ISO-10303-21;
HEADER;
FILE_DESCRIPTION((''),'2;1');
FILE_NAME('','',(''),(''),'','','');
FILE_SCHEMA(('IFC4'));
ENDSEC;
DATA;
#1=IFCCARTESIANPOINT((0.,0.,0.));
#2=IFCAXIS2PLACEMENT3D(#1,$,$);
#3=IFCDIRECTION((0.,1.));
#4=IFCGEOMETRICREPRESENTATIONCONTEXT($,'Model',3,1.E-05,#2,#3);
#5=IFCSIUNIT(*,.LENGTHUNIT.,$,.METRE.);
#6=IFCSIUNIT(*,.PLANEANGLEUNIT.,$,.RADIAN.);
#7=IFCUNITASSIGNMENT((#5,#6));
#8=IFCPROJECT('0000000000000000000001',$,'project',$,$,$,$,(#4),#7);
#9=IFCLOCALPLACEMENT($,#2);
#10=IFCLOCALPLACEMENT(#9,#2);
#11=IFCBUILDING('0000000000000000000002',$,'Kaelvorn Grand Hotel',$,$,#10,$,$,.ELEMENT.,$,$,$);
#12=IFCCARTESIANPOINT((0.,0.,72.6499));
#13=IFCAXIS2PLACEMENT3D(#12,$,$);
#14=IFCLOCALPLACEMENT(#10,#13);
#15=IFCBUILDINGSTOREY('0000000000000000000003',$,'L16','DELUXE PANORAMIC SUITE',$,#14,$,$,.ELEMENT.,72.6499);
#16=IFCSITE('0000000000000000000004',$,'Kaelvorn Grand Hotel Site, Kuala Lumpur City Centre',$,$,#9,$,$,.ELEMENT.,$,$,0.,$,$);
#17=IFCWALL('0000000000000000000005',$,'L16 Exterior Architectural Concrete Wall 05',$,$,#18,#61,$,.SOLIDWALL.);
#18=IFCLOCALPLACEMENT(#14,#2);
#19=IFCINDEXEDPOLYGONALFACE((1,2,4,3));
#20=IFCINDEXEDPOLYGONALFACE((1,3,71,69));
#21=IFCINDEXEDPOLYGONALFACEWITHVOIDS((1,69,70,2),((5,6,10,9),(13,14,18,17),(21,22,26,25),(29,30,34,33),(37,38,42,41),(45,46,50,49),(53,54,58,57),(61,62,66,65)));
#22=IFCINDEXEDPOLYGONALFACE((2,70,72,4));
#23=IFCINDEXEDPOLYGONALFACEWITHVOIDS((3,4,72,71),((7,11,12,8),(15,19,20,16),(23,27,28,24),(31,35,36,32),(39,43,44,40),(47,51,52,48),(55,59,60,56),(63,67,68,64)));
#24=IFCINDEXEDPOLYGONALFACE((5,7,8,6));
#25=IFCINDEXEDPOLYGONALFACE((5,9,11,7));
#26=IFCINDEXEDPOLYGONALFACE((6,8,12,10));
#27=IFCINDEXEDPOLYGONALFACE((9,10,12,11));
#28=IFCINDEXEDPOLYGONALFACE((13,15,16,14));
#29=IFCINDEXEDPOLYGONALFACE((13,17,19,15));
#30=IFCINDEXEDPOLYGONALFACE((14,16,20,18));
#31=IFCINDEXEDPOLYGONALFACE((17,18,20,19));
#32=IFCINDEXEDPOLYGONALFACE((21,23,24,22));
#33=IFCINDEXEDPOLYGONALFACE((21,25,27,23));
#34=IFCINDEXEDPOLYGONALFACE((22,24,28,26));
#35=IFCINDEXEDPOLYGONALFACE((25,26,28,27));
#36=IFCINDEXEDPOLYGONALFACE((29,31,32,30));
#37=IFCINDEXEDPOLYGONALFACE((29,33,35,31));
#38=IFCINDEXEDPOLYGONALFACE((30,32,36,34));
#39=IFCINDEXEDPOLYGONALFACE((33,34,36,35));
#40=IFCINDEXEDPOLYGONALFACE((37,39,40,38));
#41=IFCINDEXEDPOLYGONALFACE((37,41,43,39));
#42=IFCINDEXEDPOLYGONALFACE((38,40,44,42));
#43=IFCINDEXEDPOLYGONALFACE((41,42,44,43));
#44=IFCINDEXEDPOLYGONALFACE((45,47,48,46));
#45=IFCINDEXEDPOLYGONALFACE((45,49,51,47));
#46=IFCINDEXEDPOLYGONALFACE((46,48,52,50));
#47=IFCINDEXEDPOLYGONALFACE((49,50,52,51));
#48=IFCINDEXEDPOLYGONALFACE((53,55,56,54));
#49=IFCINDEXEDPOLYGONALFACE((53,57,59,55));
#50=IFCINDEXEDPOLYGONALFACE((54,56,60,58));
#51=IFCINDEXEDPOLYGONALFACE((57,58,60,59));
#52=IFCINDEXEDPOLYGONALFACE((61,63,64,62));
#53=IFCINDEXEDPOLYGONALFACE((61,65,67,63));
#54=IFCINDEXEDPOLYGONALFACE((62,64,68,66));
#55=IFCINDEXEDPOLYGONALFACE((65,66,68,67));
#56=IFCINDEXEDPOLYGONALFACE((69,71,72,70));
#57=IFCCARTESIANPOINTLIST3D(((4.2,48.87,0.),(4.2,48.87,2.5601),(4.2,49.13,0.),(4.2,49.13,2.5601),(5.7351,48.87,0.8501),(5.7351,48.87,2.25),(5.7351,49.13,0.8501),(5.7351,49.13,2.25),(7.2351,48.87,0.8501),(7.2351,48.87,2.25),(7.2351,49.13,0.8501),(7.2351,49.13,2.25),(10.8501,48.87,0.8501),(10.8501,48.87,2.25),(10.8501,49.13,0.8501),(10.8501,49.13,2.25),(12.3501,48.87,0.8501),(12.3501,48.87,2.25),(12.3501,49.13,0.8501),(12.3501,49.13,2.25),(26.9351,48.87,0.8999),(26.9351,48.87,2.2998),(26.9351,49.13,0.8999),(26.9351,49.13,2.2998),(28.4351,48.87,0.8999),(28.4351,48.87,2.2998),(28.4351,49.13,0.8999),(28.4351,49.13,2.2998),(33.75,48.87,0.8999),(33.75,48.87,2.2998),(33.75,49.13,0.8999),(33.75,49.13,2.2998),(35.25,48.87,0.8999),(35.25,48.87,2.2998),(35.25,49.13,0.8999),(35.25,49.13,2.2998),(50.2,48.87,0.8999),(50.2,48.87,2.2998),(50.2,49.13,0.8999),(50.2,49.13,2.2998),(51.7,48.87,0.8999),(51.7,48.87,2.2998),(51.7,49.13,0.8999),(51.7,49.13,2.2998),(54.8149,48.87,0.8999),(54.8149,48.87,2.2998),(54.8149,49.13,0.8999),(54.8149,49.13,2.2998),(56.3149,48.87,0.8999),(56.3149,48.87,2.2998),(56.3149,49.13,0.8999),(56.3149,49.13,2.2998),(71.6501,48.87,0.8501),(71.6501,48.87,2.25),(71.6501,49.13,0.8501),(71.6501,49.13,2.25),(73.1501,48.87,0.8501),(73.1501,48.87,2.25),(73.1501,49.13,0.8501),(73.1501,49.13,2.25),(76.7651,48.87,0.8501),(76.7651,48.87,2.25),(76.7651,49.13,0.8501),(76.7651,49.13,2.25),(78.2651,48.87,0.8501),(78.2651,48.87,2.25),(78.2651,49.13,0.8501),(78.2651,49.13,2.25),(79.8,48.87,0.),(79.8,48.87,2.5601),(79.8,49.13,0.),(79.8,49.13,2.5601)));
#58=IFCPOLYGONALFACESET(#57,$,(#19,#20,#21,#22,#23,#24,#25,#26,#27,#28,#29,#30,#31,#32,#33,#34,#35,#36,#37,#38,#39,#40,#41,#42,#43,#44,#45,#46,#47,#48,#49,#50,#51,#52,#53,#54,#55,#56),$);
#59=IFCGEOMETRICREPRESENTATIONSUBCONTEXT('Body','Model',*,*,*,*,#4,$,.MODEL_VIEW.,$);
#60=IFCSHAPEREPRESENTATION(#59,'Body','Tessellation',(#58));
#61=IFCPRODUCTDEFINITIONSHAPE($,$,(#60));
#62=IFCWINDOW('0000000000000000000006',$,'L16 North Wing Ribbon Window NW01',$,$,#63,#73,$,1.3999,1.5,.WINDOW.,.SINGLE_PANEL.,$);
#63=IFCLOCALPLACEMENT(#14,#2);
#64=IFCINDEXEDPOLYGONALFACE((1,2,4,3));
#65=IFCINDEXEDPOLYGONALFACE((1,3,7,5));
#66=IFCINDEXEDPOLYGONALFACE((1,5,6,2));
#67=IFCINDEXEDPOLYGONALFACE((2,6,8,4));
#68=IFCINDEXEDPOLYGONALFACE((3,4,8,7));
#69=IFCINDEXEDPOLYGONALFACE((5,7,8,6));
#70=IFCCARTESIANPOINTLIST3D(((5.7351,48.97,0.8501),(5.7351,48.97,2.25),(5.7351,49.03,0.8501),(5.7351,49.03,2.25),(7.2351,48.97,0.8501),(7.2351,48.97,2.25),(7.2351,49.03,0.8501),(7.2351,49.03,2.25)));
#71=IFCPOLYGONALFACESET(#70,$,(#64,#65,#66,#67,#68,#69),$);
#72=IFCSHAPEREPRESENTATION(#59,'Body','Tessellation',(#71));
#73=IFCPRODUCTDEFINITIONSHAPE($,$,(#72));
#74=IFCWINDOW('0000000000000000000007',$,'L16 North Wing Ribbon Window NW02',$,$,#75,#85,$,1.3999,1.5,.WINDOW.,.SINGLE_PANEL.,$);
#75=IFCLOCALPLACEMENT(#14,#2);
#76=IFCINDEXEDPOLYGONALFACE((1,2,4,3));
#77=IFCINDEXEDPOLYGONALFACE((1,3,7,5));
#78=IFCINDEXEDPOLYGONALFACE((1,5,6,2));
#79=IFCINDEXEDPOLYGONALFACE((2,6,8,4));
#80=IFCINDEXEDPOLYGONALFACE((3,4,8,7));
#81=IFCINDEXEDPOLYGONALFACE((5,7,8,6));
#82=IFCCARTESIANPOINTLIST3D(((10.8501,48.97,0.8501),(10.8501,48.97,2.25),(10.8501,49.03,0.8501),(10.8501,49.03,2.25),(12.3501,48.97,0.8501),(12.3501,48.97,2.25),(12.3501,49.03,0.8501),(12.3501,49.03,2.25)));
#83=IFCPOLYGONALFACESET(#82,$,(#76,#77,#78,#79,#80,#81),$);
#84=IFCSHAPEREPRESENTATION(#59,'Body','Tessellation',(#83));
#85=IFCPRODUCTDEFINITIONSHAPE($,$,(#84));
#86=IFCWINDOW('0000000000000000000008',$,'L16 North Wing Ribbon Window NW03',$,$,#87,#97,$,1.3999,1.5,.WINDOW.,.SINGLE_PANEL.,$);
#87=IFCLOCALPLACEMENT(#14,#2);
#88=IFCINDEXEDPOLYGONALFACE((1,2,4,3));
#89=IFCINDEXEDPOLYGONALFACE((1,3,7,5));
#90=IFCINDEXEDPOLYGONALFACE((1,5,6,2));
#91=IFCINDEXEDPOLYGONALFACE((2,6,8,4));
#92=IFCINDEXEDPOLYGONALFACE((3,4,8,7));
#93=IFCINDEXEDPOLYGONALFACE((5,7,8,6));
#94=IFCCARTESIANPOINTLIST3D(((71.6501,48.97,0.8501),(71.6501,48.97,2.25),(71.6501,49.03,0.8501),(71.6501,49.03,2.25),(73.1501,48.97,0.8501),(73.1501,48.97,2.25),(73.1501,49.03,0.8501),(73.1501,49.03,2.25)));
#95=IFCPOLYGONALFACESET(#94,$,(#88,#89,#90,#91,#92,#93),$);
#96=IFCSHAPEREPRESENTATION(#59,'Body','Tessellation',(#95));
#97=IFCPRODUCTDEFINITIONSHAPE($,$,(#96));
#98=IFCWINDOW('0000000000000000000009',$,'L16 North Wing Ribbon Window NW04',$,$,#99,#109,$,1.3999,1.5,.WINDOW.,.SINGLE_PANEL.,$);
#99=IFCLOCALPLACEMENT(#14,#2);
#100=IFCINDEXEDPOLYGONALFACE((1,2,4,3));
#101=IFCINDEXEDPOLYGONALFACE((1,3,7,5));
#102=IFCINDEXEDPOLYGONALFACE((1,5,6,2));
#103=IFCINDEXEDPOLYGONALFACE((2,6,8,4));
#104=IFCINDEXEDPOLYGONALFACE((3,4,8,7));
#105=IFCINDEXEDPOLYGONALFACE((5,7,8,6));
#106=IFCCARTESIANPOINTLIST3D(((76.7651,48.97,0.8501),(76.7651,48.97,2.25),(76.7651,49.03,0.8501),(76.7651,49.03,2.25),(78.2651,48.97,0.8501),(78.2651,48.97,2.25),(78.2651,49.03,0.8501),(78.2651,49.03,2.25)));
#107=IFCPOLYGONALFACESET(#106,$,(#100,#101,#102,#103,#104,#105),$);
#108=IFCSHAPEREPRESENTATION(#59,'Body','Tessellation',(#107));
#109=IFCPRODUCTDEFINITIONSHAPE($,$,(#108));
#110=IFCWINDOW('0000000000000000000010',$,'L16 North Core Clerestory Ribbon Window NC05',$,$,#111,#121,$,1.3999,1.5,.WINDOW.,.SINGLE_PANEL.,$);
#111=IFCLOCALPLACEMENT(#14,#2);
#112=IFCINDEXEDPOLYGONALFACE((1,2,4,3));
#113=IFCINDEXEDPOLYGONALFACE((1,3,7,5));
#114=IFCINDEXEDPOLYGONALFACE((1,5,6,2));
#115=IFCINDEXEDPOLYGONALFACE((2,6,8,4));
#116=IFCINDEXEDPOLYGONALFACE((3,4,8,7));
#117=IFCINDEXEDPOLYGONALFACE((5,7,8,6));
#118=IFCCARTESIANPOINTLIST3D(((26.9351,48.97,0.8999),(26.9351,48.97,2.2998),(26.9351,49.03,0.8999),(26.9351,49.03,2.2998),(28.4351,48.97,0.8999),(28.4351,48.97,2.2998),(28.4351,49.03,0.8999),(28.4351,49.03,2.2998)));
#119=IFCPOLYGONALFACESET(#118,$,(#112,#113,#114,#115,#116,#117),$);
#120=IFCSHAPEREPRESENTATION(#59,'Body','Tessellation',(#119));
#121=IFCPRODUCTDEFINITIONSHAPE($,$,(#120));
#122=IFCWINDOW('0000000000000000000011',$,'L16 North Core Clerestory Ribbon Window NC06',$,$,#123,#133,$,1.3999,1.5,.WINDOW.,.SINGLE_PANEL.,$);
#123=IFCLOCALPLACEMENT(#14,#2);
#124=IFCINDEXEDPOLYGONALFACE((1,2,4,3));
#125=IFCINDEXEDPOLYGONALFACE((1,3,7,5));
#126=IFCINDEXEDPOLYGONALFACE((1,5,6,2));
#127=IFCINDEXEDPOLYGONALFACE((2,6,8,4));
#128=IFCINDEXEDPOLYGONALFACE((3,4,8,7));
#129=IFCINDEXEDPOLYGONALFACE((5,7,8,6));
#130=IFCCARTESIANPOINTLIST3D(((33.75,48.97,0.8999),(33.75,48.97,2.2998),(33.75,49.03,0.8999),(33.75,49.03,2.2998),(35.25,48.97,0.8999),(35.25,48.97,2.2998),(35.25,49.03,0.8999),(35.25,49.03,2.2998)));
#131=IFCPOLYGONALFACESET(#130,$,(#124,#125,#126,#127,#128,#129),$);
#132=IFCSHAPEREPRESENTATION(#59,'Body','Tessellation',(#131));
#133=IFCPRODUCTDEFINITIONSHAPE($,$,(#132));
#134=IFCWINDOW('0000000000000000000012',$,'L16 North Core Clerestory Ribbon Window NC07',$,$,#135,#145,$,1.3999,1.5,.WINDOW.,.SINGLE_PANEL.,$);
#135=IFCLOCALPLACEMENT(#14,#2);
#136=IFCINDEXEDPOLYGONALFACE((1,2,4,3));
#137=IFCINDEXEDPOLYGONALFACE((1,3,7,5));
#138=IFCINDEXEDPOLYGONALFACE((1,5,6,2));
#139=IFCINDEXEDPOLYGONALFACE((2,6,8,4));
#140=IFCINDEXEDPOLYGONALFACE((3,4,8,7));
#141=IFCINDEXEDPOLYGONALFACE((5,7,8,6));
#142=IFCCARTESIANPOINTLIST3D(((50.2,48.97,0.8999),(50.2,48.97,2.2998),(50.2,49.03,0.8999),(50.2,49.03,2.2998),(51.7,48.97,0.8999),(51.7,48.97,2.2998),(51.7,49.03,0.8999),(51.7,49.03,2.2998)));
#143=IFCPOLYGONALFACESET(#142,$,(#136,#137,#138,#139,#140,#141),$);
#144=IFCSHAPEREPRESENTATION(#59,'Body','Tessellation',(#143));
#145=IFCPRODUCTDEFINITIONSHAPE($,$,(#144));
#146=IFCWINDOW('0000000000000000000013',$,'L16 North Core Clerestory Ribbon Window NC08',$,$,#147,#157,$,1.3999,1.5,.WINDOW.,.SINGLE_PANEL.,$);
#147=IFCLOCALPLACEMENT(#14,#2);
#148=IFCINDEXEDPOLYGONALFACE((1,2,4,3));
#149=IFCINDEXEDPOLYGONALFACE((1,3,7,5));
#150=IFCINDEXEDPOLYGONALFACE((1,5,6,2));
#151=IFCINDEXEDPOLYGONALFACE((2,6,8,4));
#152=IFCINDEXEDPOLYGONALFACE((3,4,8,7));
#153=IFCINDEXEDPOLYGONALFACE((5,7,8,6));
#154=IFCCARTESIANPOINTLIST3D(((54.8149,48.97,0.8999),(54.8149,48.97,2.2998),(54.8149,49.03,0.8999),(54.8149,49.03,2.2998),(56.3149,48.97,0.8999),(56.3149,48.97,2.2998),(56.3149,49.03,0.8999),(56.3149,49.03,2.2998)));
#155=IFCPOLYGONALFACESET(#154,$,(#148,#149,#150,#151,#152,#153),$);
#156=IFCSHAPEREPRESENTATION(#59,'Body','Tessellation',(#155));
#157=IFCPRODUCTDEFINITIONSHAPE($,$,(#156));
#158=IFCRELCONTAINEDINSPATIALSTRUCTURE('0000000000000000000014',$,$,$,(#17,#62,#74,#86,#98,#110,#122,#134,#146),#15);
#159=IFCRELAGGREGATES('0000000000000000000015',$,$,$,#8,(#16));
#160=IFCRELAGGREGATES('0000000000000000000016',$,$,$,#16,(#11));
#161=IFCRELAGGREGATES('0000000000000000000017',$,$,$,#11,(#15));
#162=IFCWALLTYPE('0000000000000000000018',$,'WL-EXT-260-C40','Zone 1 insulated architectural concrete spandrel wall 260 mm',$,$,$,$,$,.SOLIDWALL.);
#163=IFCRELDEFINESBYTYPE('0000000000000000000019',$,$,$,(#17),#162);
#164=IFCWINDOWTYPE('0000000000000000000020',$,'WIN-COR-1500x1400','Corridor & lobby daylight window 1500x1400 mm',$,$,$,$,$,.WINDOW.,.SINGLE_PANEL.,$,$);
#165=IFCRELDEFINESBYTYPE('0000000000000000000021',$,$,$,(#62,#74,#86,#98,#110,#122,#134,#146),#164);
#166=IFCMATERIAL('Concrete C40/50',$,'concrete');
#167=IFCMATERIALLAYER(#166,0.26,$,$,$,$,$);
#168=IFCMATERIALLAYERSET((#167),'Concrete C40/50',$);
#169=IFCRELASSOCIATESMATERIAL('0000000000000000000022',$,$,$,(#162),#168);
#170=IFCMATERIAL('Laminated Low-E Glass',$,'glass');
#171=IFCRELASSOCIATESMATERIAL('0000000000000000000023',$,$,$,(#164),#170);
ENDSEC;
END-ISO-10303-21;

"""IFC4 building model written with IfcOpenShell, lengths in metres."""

from ifc_helpers import new_model, si_unit, direction, frame, frame_2d, origin, place, context, subcontext, project, spatial, rectangle, extrude, material, layer, layer_set, type_object, element, fill, save


model = new_model("IFC4")

# Units and contexts
model_context = context("Model", 3, precision=1e-05, world=origin(), true_north=direction((0.0, 1.0)))
body_context = subcontext(model_context, "Body", "Model", "MODEL_VIEW")
ifc_project = project(units=[si_unit("LENGTHUNIT", "METRE"), si_unit("PLANEANGLEUNIT", "RADIAN")], contexts=[model_context])

# Site, building, storey
site_placement = place(None, origin())
site = spatial("IfcSite", under=ifc_project, at=site_placement, Name="Kaelvorn Grand Hotel Site, Kuala Lumpur City Centre", CompositionType="ELEMENT", RefElevation=0.0)
building_placement = place(site_placement, origin())
building = spatial("IfcBuilding", under=site, at=building_placement, Name="Kaelvorn Grand Hotel", CompositionType="ELEMENT")
storey_placement = place(building_placement, frame((0.0, 0.0, 72.6499)))
storey = spatial("IfcBuildingStorey", under=building, at=storey_placement, Name="L16", Description="DELUXE PANORAMIC SUITE", CompositionType="ELEMENT", Elevation=72.6499)

# Shared definitions
ifc_material_1 = material(Name="Concrete C40/50", Category="concrete")
ifc_layer_1 = layer(ifc_material_1, 0.26)
ifc_layer_set_1 = layer_set([ifc_layer_1], Name="Concrete C40/50")
wall_type = type_object("IfcWallType", Name="WL-EXT-260-C40", Description="Zone 1 insulated architectural concrete spandrel wall 260 mm", PredefinedType="SOLIDWALL", material=ifc_layer_set_1)

# Wall, openings, windows
wall_1_placement = place(storey_placement, frame((79.8, 49.0, 0.0), z_axis=(0.0, 0.0, 1.0), x_axis=(-1.0, 0.0, 0.0)))
wall_1 = element("IfcWall", 1, at=wall_1_placement, inside=storey, type_object=wall_type, Name="L16 Exterior Architectural Concrete Wall 05", PredefinedType="SOLIDWALL", context=body_context, shape_type="SweptSolid", body=[
    extrude(rectangle(XDim=75.6001, YDim=0.26, at=frame_2d((37.8, 0.0))), origin(), (0.0, 0.0, 1.0), 2.5601),
])
opening_1_placement = place(wall_1_placement, frame((72.5649, 0.0, 0.8501)))
opening_1 = element("IfcOpeningElement", 2, at=opening_1_placement, cuts=wall_1, PredefinedType="OPENING", context=body_context, shape_type="SweptSolid", body=[
    extrude(rectangle(XDim=1.5, YDim=1.3999, at=frame_2d((0.75, 0.7))), frame((0.0, 0.1401, 0.0), z_axis=(0.0, -1.0, 0.0), x_axis=(1.0, 0.0, 0.0)), (0.0, 0.0, 1.0), 0.28),
])
opening_2_placement = place(wall_1_placement, frame((67.45, 0.0, 0.8501)))
opening_2 = element("IfcOpeningElement", 3, at=opening_2_placement, cuts=wall_1, PredefinedType="OPENING", context=body_context, shape_type="SweptSolid", body=[
    extrude(rectangle(XDim=1.5, YDim=1.3999, at=frame_2d((0.75, 0.7))), frame((0.0, 0.1401, 0.0), z_axis=(0.0, -1.0, 0.0), x_axis=(1.0, 0.0, 0.0)), (0.0, 0.0, 1.0), 0.28),
])
opening_3_placement = place(wall_1_placement, frame((6.6499, 0.0, 0.8501)))
opening_3 = element("IfcOpeningElement", 4, at=opening_3_placement, cuts=wall_1, PredefinedType="OPENING", context=body_context, shape_type="SweptSolid", body=[
    extrude(rectangle(XDim=1.5, YDim=1.3999, at=frame_2d((0.75, 0.7))), frame((0.0, 0.1401, 0.0), z_axis=(0.0, -1.0, 0.0), x_axis=(1.0, 0.0, 0.0)), (0.0, 0.0, 1.0), 0.28),
])
opening_4_placement = place(wall_1_placement, frame((1.5349, 0.0, 0.8501)))
opening_4 = element("IfcOpeningElement", 5, at=opening_4_placement, cuts=wall_1, PredefinedType="OPENING", context=body_context, shape_type="SweptSolid", body=[
    extrude(rectangle(XDim=1.5, YDim=1.3999, at=frame_2d((0.75, 0.7))), frame((0.0, 0.1401, 0.0), z_axis=(0.0, -1.0, 0.0), x_axis=(1.0, 0.0, 0.0)), (0.0, 0.0, 1.0), 0.28),
])
opening_5_placement = place(wall_1_placement, frame((51.365, 0.0, 0.8999)))
opening_5 = element("IfcOpeningElement", 6, at=opening_5_placement, cuts=wall_1, PredefinedType="OPENING", context=body_context, shape_type="SweptSolid", body=[
    extrude(rectangle(XDim=1.5, YDim=1.3999, at=frame_2d((0.75, 0.7))), frame((0.0, 0.1401, 0.0), z_axis=(0.0, -1.0, 0.0), x_axis=(1.0, 0.0, 0.0)), (0.0, 0.0, 1.0), 0.28),
])
opening_6_placement = place(wall_1_placement, frame((44.55, 0.0, 0.8999)))
opening_6 = element("IfcOpeningElement", 7, at=opening_6_placement, cuts=wall_1, PredefinedType="OPENING", context=body_context, shape_type="SweptSolid", body=[
    extrude(rectangle(XDim=1.5, YDim=1.3999, at=frame_2d((0.75, 0.7))), frame((0.0, 0.1401, 0.0), z_axis=(0.0, -1.0, 0.0), x_axis=(1.0, 0.0, 0.0)), (0.0, 0.0, 1.0), 0.28),
])
opening_7_placement = place(wall_1_placement, frame((28.1001, 0.0, 0.8999)))
opening_7 = element("IfcOpeningElement", 8, at=opening_7_placement, cuts=wall_1, PredefinedType="OPENING", context=body_context, shape_type="SweptSolid", body=[
    extrude(rectangle(XDim=1.5, YDim=1.3999, at=frame_2d((0.75, 0.7))), frame((0.0, 0.1401, 0.0), z_axis=(0.0, -1.0, 0.0), x_axis=(1.0, 0.0, 0.0)), (0.0, 0.0, 1.0), 0.28),
])
opening_8_placement = place(wall_1_placement, frame((23.4851, 0.0, 0.8999)))
opening_8 = element("IfcOpeningElement", 9, at=opening_8_placement, cuts=wall_1, PredefinedType="OPENING", context=body_context, shape_type="SweptSolid", body=[
    extrude(rectangle(XDim=1.5, YDim=1.3999, at=frame_2d((0.75, 0.7))), frame((0.0, 0.1401, 0.0), z_axis=(0.0, -1.0, 0.0), x_axis=(1.0, 0.0, 0.0)), (0.0, 0.0, 1.0), 0.28),
])
ifc_material_2 = material(Name="Laminated Low-E Glass", Category="glass")
window_type = type_object("IfcWindowType", Name="WIN-COR-1500x1400", Description="Corridor & lobby daylight window 1500x1400 mm", PartitioningType="SINGLE_PANEL", PredefinedType="WINDOW", material=ifc_material_2)
window_1_placement = place(opening_1_placement, origin())
window_1 = element("IfcWindow", 10, at=window_1_placement, inside=storey, type_object=window_type, Name="L16 North Wing Ribbon Window NW01", OverallHeight=1.3999, OverallWidth=1.5, PartitioningType="SINGLE_PANEL", PredefinedType="WINDOW", context=body_context, shape_type="SweptSolid", body=[
    extrude(rectangle(XDim=1.5, YDim=1.3999, at=frame_2d((0.75, 0.7))), frame((0.0, 0.03, 0.0), z_axis=(0.0, -1.0, 0.0), x_axis=(1.0, 0.0, 0.0)), (0.0, 0.0, 1.0), 0.0601),
])
fill(opening_1, window_1)
window_2_placement = place(opening_2_placement, origin())
window_2 = element("IfcWindow", 11, at=window_2_placement, inside=storey, type_object=window_type, Name="L16 North Wing Ribbon Window NW02", OverallHeight=1.3999, OverallWidth=1.5, PartitioningType="SINGLE_PANEL", PredefinedType="WINDOW", context=body_context, shape_type="SweptSolid", body=[
    extrude(rectangle(XDim=1.5, YDim=1.3999, at=frame_2d((0.75, 0.7))), frame((0.0, 0.03, 0.0), z_axis=(0.0, -1.0, 0.0), x_axis=(1.0, 0.0, 0.0)), (0.0, 0.0, 1.0), 0.0601),
])
fill(opening_2, window_2)
window_3_placement = place(opening_3_placement, origin())
window_3 = element("IfcWindow", 12, at=window_3_placement, inside=storey, type_object=window_type, Name="L16 North Wing Ribbon Window NW03", OverallHeight=1.3999, OverallWidth=1.5, PartitioningType="SINGLE_PANEL", PredefinedType="WINDOW", context=body_context, shape_type="SweptSolid", body=[
    extrude(rectangle(XDim=1.5, YDim=1.3999, at=frame_2d((0.75, 0.7))), frame((0.0, 0.03, 0.0), z_axis=(0.0, -1.0, 0.0), x_axis=(1.0, 0.0, 0.0)), (0.0, 0.0, 1.0), 0.0601),
])
fill(opening_3, window_3)
window_4_placement = place(opening_4_placement, origin())
window_4 = element("IfcWindow", 13, at=window_4_placement, inside=storey, type_object=window_type, Name="L16 North Wing Ribbon Window NW04", OverallHeight=1.3999, OverallWidth=1.5, PartitioningType="SINGLE_PANEL", PredefinedType="WINDOW", context=body_context, shape_type="SweptSolid", body=[
    extrude(rectangle(XDim=1.5, YDim=1.3999, at=frame_2d((0.75, 0.7))), frame((0.0, 0.03, 0.0), z_axis=(0.0, -1.0, 0.0), x_axis=(1.0, 0.0, 0.0)), (0.0, 0.0, 1.0), 0.0601),
])
fill(opening_4, window_4)
window_5_placement = place(opening_5_placement, origin())
window_5 = element("IfcWindow", 14, at=window_5_placement, inside=storey, type_object=window_type, Name="L16 North Core Clerestory Ribbon Window NC05", OverallHeight=1.3999, OverallWidth=1.5, PartitioningType="SINGLE_PANEL", PredefinedType="WINDOW", context=body_context, shape_type="SweptSolid", body=[
    extrude(rectangle(XDim=1.5, YDim=1.3999, at=frame_2d((0.75, 0.7))), frame((0.0, 0.03, 0.0), z_axis=(0.0, -1.0, 0.0), x_axis=(1.0, 0.0, 0.0)), (0.0, 0.0, 1.0), 0.0601),
])
fill(opening_5, window_5)
window_6_placement = place(opening_6_placement, origin())
window_6 = element("IfcWindow", 15, at=window_6_placement, inside=storey, type_object=window_type, Name="L16 North Core Clerestory Ribbon Window NC06", OverallHeight=1.3999, OverallWidth=1.5, PartitioningType="SINGLE_PANEL", PredefinedType="WINDOW", context=body_context, shape_type="SweptSolid", body=[
    extrude(rectangle(XDim=1.5, YDim=1.3999, at=frame_2d((0.75, 0.7))), frame((0.0, 0.03, 0.0), z_axis=(0.0, -1.0, 0.0), x_axis=(1.0, 0.0, 0.0)), (0.0, 0.0, 1.0), 0.0601),
])
fill(opening_6, window_6)
window_7_placement = place(opening_7_placement, origin())
window_7 = element("IfcWindow", 16, at=window_7_placement, inside=storey, type_object=window_type, Name="L16 North Core Clerestory Ribbon Window NC07", OverallHeight=1.3999, OverallWidth=1.5, PartitioningType="SINGLE_PANEL", PredefinedType="WINDOW", context=body_context, shape_type="SweptSolid", body=[
    extrude(rectangle(XDim=1.5, YDim=1.3999, at=frame_2d((0.75, 0.7))), frame((0.0, 0.03, 0.0), z_axis=(0.0, -1.0, 0.0), x_axis=(1.0, 0.0, 0.0)), (0.0, 0.0, 1.0), 0.0601),
])
fill(opening_7, window_7)
window_8_placement = place(opening_8_placement, origin())
window_8 = element("IfcWindow", 17, at=window_8_placement, inside=storey, type_object=window_type, Name="L16 North Core Clerestory Ribbon Window NC08", OverallHeight=1.3999, OverallWidth=1.5, PartitioningType="SINGLE_PANEL", PredefinedType="WINDOW", context=body_context, shape_type="SweptSolid", body=[
    extrude(rectangle(XDim=1.5, YDim=1.3999, at=frame_2d((0.75, 0.7))), frame((0.0, 0.03, 0.0), z_axis=(0.0, -1.0, 0.0), x_axis=(1.0, 0.0, 0.0)), (0.0, 0.0, 1.0), 0.0601),
])
fill(opening_8, window_8)

save(model, "model.ifc")
